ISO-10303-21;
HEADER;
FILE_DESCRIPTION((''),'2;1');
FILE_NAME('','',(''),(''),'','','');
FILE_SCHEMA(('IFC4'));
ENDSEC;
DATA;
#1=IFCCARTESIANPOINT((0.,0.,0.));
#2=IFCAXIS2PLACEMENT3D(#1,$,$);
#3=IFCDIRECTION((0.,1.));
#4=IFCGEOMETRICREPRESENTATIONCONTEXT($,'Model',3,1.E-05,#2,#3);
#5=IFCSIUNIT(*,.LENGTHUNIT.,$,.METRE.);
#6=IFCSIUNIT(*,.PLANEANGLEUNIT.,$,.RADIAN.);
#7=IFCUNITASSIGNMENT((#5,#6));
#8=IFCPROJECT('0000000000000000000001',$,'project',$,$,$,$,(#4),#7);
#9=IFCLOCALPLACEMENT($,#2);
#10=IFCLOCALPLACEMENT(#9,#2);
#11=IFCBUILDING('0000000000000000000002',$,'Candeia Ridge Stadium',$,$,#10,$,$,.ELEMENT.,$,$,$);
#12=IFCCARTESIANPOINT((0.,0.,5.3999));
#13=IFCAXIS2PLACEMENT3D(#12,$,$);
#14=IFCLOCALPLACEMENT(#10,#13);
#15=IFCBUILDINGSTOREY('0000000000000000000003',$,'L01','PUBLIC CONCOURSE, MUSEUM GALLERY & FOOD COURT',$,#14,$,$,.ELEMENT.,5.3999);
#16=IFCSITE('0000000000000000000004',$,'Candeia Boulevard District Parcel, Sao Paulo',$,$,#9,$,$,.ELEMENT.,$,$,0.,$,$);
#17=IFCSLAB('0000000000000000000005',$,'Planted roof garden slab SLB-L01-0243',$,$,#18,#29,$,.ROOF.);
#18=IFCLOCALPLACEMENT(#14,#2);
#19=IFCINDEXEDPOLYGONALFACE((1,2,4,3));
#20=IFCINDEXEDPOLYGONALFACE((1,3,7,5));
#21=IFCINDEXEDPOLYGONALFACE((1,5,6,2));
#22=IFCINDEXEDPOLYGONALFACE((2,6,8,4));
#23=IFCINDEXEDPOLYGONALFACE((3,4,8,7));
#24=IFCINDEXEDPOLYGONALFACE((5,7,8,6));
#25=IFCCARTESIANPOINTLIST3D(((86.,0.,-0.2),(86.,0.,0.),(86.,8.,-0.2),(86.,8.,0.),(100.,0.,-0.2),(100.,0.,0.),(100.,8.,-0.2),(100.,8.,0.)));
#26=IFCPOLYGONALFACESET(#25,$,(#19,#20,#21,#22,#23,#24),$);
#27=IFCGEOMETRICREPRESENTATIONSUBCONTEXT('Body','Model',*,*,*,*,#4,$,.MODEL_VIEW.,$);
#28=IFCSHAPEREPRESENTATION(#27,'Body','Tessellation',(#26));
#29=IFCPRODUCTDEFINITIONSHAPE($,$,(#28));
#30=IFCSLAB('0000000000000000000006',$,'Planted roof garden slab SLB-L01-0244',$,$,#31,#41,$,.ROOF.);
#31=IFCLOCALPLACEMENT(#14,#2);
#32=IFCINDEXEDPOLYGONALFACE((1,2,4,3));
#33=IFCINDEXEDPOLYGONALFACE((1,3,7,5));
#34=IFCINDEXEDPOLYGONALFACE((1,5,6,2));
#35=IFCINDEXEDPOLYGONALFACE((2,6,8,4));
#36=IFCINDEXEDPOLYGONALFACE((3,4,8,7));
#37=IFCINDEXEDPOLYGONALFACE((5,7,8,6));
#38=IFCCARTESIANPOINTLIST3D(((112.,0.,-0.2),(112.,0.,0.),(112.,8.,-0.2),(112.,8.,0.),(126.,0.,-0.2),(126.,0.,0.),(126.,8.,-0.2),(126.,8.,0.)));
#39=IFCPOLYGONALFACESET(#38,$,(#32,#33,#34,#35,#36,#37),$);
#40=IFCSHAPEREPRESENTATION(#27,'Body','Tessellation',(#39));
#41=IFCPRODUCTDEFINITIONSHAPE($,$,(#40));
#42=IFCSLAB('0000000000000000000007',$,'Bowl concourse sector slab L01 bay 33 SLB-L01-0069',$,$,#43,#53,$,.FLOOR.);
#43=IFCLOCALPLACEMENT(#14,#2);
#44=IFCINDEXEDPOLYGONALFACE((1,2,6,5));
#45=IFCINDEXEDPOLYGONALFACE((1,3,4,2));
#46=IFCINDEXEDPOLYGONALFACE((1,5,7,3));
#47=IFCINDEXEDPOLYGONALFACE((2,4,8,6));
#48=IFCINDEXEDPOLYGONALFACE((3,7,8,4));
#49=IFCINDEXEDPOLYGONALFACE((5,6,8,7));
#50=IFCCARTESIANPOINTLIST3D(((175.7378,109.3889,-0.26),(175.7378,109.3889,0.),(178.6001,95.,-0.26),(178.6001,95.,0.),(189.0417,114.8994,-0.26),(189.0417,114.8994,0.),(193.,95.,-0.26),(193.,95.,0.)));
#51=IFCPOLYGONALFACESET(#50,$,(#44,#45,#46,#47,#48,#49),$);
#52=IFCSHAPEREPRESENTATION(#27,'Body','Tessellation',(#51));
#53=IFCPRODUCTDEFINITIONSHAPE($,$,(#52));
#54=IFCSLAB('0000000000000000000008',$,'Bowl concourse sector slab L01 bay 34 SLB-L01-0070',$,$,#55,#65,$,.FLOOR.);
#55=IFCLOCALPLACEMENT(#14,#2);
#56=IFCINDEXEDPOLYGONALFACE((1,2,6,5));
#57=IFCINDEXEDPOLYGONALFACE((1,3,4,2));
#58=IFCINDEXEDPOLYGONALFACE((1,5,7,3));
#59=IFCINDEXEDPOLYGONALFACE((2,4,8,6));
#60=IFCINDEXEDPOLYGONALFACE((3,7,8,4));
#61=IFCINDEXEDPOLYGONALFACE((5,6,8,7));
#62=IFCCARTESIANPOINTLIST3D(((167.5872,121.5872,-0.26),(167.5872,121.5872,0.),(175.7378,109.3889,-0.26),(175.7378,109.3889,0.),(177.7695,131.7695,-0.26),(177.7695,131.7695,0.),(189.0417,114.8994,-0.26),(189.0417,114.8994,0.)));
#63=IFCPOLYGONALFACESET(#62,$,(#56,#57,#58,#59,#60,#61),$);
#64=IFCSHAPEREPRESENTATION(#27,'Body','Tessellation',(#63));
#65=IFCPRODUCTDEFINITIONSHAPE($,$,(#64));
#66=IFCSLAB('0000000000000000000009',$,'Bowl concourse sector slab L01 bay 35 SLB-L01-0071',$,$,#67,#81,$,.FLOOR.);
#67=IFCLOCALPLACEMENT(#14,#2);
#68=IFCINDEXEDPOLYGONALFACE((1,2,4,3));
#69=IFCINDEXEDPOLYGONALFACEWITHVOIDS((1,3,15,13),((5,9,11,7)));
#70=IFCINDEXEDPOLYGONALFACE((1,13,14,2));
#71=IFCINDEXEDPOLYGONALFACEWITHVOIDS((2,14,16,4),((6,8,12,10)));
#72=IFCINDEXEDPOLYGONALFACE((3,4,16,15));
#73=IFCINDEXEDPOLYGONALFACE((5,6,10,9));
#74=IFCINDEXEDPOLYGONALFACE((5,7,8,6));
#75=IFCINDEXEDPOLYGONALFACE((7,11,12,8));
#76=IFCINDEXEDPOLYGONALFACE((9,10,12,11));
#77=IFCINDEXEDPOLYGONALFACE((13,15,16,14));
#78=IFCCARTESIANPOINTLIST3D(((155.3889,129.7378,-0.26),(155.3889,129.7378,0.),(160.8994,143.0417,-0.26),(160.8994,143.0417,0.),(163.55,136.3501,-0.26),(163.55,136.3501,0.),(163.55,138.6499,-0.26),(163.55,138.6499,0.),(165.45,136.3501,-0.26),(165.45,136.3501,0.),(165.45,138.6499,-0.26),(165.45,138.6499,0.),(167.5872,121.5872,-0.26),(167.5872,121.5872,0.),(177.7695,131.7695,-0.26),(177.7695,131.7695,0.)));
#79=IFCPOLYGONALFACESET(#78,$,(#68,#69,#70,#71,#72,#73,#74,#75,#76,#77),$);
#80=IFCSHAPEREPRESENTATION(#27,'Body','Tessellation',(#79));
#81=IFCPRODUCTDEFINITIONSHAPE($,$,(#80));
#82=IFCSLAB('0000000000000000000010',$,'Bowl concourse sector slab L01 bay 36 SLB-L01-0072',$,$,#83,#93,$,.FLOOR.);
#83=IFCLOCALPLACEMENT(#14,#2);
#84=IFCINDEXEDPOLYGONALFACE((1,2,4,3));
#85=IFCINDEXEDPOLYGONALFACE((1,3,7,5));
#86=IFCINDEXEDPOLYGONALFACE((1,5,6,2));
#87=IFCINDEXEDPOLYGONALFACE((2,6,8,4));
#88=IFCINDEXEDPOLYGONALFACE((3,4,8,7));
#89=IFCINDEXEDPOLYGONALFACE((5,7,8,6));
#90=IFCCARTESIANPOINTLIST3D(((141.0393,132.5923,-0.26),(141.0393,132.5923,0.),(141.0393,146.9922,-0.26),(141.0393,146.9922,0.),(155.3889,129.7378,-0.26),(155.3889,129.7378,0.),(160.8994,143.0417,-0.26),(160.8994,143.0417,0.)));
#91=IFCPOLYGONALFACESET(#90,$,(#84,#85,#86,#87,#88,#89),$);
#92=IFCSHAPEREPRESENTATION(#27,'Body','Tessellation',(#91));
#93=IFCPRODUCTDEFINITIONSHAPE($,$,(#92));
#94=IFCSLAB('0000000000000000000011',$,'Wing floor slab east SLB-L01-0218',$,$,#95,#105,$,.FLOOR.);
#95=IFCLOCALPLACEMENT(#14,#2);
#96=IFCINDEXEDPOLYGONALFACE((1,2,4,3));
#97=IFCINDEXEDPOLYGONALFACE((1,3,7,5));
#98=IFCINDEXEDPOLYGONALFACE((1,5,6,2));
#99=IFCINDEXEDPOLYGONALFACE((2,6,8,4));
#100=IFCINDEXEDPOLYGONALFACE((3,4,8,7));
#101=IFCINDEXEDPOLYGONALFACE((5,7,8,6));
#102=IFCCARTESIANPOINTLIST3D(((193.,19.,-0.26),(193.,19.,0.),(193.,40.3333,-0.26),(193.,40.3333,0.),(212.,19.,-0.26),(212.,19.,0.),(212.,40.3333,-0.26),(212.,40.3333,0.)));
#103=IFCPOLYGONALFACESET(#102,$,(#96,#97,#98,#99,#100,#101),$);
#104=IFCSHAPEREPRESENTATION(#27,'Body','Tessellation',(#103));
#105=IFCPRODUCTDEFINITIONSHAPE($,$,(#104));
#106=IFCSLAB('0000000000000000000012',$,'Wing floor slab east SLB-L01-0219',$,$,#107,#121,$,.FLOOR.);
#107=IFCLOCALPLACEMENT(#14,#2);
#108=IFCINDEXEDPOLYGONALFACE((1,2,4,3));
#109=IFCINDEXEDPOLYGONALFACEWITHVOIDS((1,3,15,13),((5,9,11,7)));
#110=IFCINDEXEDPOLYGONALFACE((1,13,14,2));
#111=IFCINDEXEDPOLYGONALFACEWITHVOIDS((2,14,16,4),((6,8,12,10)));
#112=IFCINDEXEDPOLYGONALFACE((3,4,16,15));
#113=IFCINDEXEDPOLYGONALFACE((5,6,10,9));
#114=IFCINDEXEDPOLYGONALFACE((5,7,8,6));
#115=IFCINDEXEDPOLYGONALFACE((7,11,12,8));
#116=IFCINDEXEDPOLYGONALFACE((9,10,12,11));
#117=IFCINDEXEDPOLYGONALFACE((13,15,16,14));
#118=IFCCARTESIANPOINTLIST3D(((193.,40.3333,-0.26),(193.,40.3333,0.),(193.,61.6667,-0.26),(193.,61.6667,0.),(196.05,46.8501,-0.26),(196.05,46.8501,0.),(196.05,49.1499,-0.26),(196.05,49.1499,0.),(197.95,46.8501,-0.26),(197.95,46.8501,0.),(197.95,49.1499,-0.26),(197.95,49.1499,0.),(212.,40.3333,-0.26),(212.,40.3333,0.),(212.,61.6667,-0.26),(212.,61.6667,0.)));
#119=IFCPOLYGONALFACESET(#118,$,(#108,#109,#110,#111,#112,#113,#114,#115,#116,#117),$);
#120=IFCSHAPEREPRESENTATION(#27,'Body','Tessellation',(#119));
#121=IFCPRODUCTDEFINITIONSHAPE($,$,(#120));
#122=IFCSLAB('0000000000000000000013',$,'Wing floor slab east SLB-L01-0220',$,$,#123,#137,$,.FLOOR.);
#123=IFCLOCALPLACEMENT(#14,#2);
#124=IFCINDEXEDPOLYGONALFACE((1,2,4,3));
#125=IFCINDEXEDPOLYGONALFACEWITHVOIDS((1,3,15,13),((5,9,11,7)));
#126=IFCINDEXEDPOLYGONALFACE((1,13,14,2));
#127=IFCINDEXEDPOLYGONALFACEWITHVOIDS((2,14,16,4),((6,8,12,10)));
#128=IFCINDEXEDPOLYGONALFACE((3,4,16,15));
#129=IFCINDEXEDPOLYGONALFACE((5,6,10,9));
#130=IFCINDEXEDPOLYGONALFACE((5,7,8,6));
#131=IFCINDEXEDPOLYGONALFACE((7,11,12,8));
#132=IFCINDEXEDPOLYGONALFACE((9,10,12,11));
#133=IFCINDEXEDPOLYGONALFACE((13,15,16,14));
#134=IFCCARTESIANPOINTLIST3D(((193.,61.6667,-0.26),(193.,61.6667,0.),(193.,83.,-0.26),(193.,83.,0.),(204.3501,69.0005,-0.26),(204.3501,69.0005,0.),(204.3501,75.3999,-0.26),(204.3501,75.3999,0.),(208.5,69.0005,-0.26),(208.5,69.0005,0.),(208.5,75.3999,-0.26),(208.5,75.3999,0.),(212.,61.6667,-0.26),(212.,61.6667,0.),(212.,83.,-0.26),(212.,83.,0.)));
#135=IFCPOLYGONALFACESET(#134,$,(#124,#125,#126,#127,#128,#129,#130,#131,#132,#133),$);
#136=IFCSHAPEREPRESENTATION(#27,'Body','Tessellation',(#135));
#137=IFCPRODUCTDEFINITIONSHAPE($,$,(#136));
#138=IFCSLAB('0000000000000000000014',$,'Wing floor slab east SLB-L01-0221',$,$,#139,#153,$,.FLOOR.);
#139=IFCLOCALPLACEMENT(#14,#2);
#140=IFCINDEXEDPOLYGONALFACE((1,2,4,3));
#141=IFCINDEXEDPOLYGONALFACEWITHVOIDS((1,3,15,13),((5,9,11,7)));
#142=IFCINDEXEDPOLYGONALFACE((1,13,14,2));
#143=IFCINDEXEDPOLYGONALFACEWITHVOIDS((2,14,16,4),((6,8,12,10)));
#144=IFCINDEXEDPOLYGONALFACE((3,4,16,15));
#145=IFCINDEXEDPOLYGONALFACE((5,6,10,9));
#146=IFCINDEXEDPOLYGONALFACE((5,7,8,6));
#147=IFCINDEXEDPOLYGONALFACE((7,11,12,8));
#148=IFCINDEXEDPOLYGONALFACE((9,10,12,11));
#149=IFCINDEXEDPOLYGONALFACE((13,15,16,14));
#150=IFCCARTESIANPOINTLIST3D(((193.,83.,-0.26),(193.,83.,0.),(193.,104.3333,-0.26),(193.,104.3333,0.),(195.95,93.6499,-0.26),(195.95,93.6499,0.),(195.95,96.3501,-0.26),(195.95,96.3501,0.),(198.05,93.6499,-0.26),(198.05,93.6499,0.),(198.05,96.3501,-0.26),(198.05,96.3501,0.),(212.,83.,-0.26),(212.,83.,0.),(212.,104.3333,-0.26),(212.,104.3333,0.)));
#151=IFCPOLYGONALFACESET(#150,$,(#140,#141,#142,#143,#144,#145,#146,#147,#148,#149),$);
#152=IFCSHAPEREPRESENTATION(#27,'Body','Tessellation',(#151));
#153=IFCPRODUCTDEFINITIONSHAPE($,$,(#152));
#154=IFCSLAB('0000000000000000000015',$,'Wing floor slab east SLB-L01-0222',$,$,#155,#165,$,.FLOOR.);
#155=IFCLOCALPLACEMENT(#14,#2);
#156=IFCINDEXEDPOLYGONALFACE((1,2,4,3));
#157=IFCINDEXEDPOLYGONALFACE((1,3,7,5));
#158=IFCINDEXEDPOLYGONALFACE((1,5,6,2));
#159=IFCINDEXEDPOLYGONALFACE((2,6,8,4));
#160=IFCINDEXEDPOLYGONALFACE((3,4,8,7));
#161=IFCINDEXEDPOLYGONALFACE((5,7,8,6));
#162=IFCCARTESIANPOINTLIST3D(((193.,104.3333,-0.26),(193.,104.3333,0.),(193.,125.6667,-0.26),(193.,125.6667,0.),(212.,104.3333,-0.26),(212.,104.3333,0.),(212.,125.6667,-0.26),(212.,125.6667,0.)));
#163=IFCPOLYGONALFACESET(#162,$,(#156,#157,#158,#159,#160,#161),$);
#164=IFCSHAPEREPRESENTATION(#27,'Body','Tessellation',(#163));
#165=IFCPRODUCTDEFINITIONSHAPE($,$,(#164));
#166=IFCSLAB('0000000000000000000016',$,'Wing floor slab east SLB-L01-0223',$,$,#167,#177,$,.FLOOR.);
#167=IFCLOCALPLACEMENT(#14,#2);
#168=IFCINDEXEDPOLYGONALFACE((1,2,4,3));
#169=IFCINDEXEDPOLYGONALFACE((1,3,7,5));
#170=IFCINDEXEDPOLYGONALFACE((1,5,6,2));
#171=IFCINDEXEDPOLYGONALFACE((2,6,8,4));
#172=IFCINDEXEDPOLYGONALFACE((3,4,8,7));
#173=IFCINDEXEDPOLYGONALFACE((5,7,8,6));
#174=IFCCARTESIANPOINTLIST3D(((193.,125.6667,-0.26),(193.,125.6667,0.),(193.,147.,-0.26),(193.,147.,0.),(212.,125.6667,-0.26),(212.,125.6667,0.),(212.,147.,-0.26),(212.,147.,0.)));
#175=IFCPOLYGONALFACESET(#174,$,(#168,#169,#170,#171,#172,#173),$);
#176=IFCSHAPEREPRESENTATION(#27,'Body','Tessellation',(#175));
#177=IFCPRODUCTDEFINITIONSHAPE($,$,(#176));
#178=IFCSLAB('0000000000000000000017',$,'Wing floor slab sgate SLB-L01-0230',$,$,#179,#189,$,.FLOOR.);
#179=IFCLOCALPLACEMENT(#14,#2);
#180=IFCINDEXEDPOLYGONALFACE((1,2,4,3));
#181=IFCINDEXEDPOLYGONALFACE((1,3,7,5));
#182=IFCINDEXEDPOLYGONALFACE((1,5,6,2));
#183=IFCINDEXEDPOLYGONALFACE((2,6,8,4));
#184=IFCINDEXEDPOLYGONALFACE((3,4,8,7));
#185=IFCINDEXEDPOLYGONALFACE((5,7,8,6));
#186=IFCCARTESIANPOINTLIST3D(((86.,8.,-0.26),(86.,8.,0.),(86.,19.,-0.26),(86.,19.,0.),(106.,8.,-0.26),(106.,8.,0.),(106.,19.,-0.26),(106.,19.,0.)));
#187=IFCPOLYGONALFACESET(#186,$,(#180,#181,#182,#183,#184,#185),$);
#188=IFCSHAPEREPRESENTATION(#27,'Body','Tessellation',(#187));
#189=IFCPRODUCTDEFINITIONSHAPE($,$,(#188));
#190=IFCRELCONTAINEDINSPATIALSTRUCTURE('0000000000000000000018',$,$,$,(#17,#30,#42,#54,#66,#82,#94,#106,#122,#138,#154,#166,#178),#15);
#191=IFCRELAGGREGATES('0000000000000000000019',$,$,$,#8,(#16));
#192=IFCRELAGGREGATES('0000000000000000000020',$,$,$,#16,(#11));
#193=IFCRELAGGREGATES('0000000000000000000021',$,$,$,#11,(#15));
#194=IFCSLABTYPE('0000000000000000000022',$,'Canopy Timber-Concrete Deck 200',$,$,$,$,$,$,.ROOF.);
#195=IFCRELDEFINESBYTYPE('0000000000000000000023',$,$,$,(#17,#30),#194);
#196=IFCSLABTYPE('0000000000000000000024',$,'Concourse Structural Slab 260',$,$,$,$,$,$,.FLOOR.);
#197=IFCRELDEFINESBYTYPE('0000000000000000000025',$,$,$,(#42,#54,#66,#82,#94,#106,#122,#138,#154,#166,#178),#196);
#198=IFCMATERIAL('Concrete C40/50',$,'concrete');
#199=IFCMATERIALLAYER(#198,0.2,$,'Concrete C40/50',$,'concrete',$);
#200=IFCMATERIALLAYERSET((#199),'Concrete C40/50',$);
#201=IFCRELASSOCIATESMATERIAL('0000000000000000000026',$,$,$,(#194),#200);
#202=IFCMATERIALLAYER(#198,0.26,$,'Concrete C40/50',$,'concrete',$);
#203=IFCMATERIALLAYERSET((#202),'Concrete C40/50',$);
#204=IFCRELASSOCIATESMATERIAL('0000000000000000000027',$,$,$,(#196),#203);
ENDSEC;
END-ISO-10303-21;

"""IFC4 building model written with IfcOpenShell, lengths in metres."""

from ifc_helpers import new_model, si_unit, direction, frame, origin, place, context, subcontext, project, spatial, polyline, outline, extrude, material, layer, layer_set, type_object, element, save


model = new_model("IFC4")

# Units and contexts
model_context = context("Model", 3, precision=1e-05, world=origin(), true_north=direction((0.0, 1.0)))
body_context = subcontext(model_context, "Body", "Model", "MODEL_VIEW")
ifc_project = project(units=[si_unit("LENGTHUNIT", "METRE"), si_unit("PLANEANGLEUNIT", "RADIAN")], contexts=[model_context])

# Site, building, storey
site_placement = place(None, origin())
site = spatial("IfcSite", under=ifc_project, at=site_placement, Name="Candeia Boulevard District Parcel, Sao Paulo", CompositionType="ELEMENT", RefElevation=0.0)
building_placement = place(site_placement, origin())
building = spatial("IfcBuilding", under=site, at=building_placement, Name="Candeia Ridge Stadium", CompositionType="ELEMENT")
storey_placement = place(building_placement, frame((0.0, 0.0, 5.3999)))
storey = spatial("IfcBuildingStorey", under=building, at=storey_placement, Name="L01", Description="PUBLIC CONCOURSE, MUSEUM GALLERY & FOOD COURT", CompositionType="ELEMENT", Elevation=5.3999)

# Slabs
ifc_material = material(Name="Concrete C40/50", Category="concrete")
ifc_layer_1 = layer(ifc_material, 0.2, Name="Concrete C40/50", Category="concrete")
ifc_layer_set_1 = layer_set([ifc_layer_1], Name="Concrete C40/50")
slab_type_1 = type_object("IfcSlabType", Name="Canopy Timber-Concrete Deck 200", PredefinedType="ROOF", material=ifc_layer_set_1)
slab_1_placement = place(storey_placement, frame((0.0, 0.0, -0.2)))
element("IfcSlab", 1, at=slab_1_placement, inside=storey, type_object=slab_type_1, Name="Planted roof garden slab SLB-L01-0243", PredefinedType="ROOF", context=body_context, shape_type="SweptSolid", body=[
    extrude(outline(polyline([(86.0, 0.0), (86.0, 8.0), (100.0, 8.0), (100.0, 0.0), (86.0, 0.0)])), origin(), (0.0, 0.0, 1.0), 0.2),
])
slab_2_placement = place(storey_placement, frame((0.0, 0.0, -0.2)))
element("IfcSlab", 2, at=slab_2_placement, inside=storey, type_object=slab_type_1, Name="Planted roof garden slab SLB-L01-0244", PredefinedType="ROOF", context=body_context, shape_type="SweptSolid", body=[
    extrude(outline(polyline([(112.0, 0.0), (112.0, 8.0), (126.0, 8.0), (126.0, 0.0), (112.0, 0.0)])), origin(), (0.0, 0.0, 1.0), 0.2),
])
ifc_layer_2 = layer(ifc_material, 0.26, Name="Concrete C40/50", Category="concrete")
ifc_layer_set_2 = layer_set([ifc_layer_2], Name="Concrete C40/50")
slab_type_2 = type_object("IfcSlabType", Name="Concourse Structural Slab 260", PredefinedType="FLOOR", material=ifc_layer_set_2)
slab_3_placement = place(storey_placement, frame((0.0, 0.0, -0.26)))
element("IfcSlab", 3, at=slab_3_placement, inside=storey, type_object=slab_type_2, Name="Bowl concourse sector slab L01 bay 33 SLB-L01-0069", PredefinedType="FLOOR", context=body_context, shape_type="SweptSolid", body=[
    extrude(outline(polyline([(175.7378, 109.3889), (189.0417, 114.8994), (193.0, 95.0), (178.6001, 95.0), (175.7378, 109.3889)])), origin(), (0.0, 0.0, 1.0), 0.26),
])
slab_4_placement = place(storey_placement, frame((0.0, 0.0, -0.26)))
element("IfcSlab", 4, at=slab_4_placement, inside=storey, type_object=slab_type_2, Name="Bowl concourse sector slab L01 bay 34 SLB-L01-0070", PredefinedType="FLOOR", context=body_context, shape_type="SweptSolid", body=[
    extrude(outline(polyline([(167.5872, 121.5872), (177.7695, 131.7695), (189.0417, 114.8994), (175.7378, 109.3889), (167.5872, 121.5872)])), origin(), (0.0, 0.0, 1.0), 0.26),
])
slab_5_placement = place(storey_placement, frame((0.0, 0.0, -0.26)))
element("IfcSlab", 5, at=slab_5_placement, inside=storey, type_object=slab_type_2, Name="Bowl concourse sector slab L01 bay 35 SLB-L01-0071", PredefinedType="FLOOR", context=body_context, shape_type="SweptSolid", body=[
    extrude(outline(polyline([(155.3889, 129.7378), (160.8994, 143.0417), (177.7695, 131.7695), (167.5872, 121.5872), (155.3889, 129.7378)]), holes=[polyline([(165.45, 136.3501), (165.45, 138.6499), (163.55, 138.6499), (163.55, 136.3501), (165.45, 136.3501)])]), origin(), (0.0, 0.0, 1.0), 0.26),
])
slab_6_placement = place(storey_placement, frame((0.0, 0.0, -0.26)))
element("IfcSlab", 6, at=slab_6_placement, inside=storey, type_object=slab_type_2, Name="Bowl concourse sector slab L01 bay 36 SLB-L01-0072", PredefinedType="FLOOR", context=body_context, shape_type="SweptSolid", body=[
    extrude(outline(polyline([(141.0393, 132.5923), (141.0393, 146.9922), (160.8994, 143.0417), (155.3889, 129.7378), (141.0393, 132.5923)])), origin(), (0.0, 0.0, 1.0), 0.26),
])
slab_7_placement = place(storey_placement, frame((0.0, 0.0, -0.26)))
element("IfcSlab", 7, at=slab_7_placement, inside=storey, type_object=slab_type_2, Name="Wing floor slab east SLB-L01-0218", PredefinedType="FLOOR", context=body_context, shape_type="SweptSolid", body=[
    extrude(outline(polyline([(193.0, 19.0), (193.0, 40.3333), (212.0, 40.3333), (212.0, 19.0), (193.0, 19.0)])), origin(), (0.0, 0.0, 1.0), 0.26),
])
slab_8_placement = place(storey_placement, frame((0.0, 0.0, -0.26)))
element("IfcSlab", 8, at=slab_8_placement, inside=storey, type_object=slab_type_2, Name="Wing floor slab east SLB-L01-0219", PredefinedType="FLOOR", context=body_context, shape_type="SweptSolid", body=[
    extrude(outline(polyline([(193.0, 40.3333), (193.0, 61.6667), (212.0, 61.6667), (212.0, 40.3333), (193.0, 40.3333)]), holes=[polyline([(197.95, 46.8501), (197.95, 49.1499), (196.05, 49.1499), (196.05, 46.8501), (197.95, 46.8501)])]), origin(), (0.0, 0.0, 1.0), 0.26),
])
slab_9_placement = place(storey_placement, frame((0.0, 0.0, -0.26)))
element("IfcSlab", 9, at=slab_9_placement, inside=storey, type_object=slab_type_2, Name="Wing floor slab east SLB-L01-0220", PredefinedType="FLOOR", context=body_context, shape_type="SweptSolid", body=[
    extrude(outline(polyline([(193.0, 61.6667), (193.0, 83.0), (212.0, 83.0), (212.0, 61.6667), (193.0, 61.6667)]), holes=[polyline([(208.5, 69.0005), (208.5, 75.3999), (204.3501, 75.3999), (204.3501, 69.0005), (208.5, 69.0005)])]), origin(), (0.0, 0.0, 1.0), 0.26),
])
slab_10_placement = place(storey_placement, frame((0.0, 0.0, -0.26)))
element("IfcSlab", 10, at=slab_10_placement, inside=storey, type_object=slab_type_2, Name="Wing floor slab east SLB-L01-0221", PredefinedType="FLOOR", context=body_context, shape_type="SweptSolid", body=[
    extrude(outline(polyline([(193.0, 83.0), (193.0, 104.3333), (212.0, 104.3333), (212.0, 83.0), (193.0, 83.0)]), holes=[polyline([(198.05, 93.6499), (198.05, 96.3501), (195.95, 96.3501), (195.95, 93.6499), (198.05, 93.6499)])]), origin(), (0.0, 0.0, 1.0), 0.26),
])
slab_11_placement = place(storey_placement, frame((0.0, 0.0, -0.26)))
element("IfcSlab", 11, at=slab_11_placement, inside=storey, type_object=slab_type_2, Name="Wing floor slab east SLB-L01-0222", PredefinedType="FLOOR", context=body_context, shape_type="SweptSolid", body=[
    extrude(outline(polyline([(193.0, 104.3333), (193.0, 125.6667), (212.0, 125.6667), (212.0, 104.3333), (193.0, 104.3333)])), origin(), (0.0, 0.0, 1.0), 0.26),
])
slab_12_placement = place(storey_placement, frame((0.0, 0.0, -0.26)))
element("IfcSlab", 12, at=slab_12_placement, inside=storey, type_object=slab_type_2, Name="Wing floor slab east SLB-L01-0223", PredefinedType="FLOOR", context=body_context, shape_type="SweptSolid", body=[
    extrude(outline(polyline([(193.0, 125.6667), (193.0, 147.0), (212.0, 147.0), (212.0, 125.6667), (193.0, 125.6667)])), origin(), (0.0, 0.0, 1.0), 0.26),
])
slab_13_placement = place(storey_placement, frame((0.0, 0.0, -0.26)))
element("IfcSlab", 13, at=slab_13_placement, inside=storey, type_object=slab_type_2, Name="Wing floor slab sgate SLB-L01-0230", PredefinedType="FLOOR", context=body_context, shape_type="SweptSolid", body=[
    extrude(outline(polyline([(86.0, 8.0), (86.0, 19.0), (106.0, 19.0), (106.0, 8.0), (86.0, 8.0)])), origin(), (0.0, 0.0, 1.0), 0.26),
])

save(model, "model.ifc")
